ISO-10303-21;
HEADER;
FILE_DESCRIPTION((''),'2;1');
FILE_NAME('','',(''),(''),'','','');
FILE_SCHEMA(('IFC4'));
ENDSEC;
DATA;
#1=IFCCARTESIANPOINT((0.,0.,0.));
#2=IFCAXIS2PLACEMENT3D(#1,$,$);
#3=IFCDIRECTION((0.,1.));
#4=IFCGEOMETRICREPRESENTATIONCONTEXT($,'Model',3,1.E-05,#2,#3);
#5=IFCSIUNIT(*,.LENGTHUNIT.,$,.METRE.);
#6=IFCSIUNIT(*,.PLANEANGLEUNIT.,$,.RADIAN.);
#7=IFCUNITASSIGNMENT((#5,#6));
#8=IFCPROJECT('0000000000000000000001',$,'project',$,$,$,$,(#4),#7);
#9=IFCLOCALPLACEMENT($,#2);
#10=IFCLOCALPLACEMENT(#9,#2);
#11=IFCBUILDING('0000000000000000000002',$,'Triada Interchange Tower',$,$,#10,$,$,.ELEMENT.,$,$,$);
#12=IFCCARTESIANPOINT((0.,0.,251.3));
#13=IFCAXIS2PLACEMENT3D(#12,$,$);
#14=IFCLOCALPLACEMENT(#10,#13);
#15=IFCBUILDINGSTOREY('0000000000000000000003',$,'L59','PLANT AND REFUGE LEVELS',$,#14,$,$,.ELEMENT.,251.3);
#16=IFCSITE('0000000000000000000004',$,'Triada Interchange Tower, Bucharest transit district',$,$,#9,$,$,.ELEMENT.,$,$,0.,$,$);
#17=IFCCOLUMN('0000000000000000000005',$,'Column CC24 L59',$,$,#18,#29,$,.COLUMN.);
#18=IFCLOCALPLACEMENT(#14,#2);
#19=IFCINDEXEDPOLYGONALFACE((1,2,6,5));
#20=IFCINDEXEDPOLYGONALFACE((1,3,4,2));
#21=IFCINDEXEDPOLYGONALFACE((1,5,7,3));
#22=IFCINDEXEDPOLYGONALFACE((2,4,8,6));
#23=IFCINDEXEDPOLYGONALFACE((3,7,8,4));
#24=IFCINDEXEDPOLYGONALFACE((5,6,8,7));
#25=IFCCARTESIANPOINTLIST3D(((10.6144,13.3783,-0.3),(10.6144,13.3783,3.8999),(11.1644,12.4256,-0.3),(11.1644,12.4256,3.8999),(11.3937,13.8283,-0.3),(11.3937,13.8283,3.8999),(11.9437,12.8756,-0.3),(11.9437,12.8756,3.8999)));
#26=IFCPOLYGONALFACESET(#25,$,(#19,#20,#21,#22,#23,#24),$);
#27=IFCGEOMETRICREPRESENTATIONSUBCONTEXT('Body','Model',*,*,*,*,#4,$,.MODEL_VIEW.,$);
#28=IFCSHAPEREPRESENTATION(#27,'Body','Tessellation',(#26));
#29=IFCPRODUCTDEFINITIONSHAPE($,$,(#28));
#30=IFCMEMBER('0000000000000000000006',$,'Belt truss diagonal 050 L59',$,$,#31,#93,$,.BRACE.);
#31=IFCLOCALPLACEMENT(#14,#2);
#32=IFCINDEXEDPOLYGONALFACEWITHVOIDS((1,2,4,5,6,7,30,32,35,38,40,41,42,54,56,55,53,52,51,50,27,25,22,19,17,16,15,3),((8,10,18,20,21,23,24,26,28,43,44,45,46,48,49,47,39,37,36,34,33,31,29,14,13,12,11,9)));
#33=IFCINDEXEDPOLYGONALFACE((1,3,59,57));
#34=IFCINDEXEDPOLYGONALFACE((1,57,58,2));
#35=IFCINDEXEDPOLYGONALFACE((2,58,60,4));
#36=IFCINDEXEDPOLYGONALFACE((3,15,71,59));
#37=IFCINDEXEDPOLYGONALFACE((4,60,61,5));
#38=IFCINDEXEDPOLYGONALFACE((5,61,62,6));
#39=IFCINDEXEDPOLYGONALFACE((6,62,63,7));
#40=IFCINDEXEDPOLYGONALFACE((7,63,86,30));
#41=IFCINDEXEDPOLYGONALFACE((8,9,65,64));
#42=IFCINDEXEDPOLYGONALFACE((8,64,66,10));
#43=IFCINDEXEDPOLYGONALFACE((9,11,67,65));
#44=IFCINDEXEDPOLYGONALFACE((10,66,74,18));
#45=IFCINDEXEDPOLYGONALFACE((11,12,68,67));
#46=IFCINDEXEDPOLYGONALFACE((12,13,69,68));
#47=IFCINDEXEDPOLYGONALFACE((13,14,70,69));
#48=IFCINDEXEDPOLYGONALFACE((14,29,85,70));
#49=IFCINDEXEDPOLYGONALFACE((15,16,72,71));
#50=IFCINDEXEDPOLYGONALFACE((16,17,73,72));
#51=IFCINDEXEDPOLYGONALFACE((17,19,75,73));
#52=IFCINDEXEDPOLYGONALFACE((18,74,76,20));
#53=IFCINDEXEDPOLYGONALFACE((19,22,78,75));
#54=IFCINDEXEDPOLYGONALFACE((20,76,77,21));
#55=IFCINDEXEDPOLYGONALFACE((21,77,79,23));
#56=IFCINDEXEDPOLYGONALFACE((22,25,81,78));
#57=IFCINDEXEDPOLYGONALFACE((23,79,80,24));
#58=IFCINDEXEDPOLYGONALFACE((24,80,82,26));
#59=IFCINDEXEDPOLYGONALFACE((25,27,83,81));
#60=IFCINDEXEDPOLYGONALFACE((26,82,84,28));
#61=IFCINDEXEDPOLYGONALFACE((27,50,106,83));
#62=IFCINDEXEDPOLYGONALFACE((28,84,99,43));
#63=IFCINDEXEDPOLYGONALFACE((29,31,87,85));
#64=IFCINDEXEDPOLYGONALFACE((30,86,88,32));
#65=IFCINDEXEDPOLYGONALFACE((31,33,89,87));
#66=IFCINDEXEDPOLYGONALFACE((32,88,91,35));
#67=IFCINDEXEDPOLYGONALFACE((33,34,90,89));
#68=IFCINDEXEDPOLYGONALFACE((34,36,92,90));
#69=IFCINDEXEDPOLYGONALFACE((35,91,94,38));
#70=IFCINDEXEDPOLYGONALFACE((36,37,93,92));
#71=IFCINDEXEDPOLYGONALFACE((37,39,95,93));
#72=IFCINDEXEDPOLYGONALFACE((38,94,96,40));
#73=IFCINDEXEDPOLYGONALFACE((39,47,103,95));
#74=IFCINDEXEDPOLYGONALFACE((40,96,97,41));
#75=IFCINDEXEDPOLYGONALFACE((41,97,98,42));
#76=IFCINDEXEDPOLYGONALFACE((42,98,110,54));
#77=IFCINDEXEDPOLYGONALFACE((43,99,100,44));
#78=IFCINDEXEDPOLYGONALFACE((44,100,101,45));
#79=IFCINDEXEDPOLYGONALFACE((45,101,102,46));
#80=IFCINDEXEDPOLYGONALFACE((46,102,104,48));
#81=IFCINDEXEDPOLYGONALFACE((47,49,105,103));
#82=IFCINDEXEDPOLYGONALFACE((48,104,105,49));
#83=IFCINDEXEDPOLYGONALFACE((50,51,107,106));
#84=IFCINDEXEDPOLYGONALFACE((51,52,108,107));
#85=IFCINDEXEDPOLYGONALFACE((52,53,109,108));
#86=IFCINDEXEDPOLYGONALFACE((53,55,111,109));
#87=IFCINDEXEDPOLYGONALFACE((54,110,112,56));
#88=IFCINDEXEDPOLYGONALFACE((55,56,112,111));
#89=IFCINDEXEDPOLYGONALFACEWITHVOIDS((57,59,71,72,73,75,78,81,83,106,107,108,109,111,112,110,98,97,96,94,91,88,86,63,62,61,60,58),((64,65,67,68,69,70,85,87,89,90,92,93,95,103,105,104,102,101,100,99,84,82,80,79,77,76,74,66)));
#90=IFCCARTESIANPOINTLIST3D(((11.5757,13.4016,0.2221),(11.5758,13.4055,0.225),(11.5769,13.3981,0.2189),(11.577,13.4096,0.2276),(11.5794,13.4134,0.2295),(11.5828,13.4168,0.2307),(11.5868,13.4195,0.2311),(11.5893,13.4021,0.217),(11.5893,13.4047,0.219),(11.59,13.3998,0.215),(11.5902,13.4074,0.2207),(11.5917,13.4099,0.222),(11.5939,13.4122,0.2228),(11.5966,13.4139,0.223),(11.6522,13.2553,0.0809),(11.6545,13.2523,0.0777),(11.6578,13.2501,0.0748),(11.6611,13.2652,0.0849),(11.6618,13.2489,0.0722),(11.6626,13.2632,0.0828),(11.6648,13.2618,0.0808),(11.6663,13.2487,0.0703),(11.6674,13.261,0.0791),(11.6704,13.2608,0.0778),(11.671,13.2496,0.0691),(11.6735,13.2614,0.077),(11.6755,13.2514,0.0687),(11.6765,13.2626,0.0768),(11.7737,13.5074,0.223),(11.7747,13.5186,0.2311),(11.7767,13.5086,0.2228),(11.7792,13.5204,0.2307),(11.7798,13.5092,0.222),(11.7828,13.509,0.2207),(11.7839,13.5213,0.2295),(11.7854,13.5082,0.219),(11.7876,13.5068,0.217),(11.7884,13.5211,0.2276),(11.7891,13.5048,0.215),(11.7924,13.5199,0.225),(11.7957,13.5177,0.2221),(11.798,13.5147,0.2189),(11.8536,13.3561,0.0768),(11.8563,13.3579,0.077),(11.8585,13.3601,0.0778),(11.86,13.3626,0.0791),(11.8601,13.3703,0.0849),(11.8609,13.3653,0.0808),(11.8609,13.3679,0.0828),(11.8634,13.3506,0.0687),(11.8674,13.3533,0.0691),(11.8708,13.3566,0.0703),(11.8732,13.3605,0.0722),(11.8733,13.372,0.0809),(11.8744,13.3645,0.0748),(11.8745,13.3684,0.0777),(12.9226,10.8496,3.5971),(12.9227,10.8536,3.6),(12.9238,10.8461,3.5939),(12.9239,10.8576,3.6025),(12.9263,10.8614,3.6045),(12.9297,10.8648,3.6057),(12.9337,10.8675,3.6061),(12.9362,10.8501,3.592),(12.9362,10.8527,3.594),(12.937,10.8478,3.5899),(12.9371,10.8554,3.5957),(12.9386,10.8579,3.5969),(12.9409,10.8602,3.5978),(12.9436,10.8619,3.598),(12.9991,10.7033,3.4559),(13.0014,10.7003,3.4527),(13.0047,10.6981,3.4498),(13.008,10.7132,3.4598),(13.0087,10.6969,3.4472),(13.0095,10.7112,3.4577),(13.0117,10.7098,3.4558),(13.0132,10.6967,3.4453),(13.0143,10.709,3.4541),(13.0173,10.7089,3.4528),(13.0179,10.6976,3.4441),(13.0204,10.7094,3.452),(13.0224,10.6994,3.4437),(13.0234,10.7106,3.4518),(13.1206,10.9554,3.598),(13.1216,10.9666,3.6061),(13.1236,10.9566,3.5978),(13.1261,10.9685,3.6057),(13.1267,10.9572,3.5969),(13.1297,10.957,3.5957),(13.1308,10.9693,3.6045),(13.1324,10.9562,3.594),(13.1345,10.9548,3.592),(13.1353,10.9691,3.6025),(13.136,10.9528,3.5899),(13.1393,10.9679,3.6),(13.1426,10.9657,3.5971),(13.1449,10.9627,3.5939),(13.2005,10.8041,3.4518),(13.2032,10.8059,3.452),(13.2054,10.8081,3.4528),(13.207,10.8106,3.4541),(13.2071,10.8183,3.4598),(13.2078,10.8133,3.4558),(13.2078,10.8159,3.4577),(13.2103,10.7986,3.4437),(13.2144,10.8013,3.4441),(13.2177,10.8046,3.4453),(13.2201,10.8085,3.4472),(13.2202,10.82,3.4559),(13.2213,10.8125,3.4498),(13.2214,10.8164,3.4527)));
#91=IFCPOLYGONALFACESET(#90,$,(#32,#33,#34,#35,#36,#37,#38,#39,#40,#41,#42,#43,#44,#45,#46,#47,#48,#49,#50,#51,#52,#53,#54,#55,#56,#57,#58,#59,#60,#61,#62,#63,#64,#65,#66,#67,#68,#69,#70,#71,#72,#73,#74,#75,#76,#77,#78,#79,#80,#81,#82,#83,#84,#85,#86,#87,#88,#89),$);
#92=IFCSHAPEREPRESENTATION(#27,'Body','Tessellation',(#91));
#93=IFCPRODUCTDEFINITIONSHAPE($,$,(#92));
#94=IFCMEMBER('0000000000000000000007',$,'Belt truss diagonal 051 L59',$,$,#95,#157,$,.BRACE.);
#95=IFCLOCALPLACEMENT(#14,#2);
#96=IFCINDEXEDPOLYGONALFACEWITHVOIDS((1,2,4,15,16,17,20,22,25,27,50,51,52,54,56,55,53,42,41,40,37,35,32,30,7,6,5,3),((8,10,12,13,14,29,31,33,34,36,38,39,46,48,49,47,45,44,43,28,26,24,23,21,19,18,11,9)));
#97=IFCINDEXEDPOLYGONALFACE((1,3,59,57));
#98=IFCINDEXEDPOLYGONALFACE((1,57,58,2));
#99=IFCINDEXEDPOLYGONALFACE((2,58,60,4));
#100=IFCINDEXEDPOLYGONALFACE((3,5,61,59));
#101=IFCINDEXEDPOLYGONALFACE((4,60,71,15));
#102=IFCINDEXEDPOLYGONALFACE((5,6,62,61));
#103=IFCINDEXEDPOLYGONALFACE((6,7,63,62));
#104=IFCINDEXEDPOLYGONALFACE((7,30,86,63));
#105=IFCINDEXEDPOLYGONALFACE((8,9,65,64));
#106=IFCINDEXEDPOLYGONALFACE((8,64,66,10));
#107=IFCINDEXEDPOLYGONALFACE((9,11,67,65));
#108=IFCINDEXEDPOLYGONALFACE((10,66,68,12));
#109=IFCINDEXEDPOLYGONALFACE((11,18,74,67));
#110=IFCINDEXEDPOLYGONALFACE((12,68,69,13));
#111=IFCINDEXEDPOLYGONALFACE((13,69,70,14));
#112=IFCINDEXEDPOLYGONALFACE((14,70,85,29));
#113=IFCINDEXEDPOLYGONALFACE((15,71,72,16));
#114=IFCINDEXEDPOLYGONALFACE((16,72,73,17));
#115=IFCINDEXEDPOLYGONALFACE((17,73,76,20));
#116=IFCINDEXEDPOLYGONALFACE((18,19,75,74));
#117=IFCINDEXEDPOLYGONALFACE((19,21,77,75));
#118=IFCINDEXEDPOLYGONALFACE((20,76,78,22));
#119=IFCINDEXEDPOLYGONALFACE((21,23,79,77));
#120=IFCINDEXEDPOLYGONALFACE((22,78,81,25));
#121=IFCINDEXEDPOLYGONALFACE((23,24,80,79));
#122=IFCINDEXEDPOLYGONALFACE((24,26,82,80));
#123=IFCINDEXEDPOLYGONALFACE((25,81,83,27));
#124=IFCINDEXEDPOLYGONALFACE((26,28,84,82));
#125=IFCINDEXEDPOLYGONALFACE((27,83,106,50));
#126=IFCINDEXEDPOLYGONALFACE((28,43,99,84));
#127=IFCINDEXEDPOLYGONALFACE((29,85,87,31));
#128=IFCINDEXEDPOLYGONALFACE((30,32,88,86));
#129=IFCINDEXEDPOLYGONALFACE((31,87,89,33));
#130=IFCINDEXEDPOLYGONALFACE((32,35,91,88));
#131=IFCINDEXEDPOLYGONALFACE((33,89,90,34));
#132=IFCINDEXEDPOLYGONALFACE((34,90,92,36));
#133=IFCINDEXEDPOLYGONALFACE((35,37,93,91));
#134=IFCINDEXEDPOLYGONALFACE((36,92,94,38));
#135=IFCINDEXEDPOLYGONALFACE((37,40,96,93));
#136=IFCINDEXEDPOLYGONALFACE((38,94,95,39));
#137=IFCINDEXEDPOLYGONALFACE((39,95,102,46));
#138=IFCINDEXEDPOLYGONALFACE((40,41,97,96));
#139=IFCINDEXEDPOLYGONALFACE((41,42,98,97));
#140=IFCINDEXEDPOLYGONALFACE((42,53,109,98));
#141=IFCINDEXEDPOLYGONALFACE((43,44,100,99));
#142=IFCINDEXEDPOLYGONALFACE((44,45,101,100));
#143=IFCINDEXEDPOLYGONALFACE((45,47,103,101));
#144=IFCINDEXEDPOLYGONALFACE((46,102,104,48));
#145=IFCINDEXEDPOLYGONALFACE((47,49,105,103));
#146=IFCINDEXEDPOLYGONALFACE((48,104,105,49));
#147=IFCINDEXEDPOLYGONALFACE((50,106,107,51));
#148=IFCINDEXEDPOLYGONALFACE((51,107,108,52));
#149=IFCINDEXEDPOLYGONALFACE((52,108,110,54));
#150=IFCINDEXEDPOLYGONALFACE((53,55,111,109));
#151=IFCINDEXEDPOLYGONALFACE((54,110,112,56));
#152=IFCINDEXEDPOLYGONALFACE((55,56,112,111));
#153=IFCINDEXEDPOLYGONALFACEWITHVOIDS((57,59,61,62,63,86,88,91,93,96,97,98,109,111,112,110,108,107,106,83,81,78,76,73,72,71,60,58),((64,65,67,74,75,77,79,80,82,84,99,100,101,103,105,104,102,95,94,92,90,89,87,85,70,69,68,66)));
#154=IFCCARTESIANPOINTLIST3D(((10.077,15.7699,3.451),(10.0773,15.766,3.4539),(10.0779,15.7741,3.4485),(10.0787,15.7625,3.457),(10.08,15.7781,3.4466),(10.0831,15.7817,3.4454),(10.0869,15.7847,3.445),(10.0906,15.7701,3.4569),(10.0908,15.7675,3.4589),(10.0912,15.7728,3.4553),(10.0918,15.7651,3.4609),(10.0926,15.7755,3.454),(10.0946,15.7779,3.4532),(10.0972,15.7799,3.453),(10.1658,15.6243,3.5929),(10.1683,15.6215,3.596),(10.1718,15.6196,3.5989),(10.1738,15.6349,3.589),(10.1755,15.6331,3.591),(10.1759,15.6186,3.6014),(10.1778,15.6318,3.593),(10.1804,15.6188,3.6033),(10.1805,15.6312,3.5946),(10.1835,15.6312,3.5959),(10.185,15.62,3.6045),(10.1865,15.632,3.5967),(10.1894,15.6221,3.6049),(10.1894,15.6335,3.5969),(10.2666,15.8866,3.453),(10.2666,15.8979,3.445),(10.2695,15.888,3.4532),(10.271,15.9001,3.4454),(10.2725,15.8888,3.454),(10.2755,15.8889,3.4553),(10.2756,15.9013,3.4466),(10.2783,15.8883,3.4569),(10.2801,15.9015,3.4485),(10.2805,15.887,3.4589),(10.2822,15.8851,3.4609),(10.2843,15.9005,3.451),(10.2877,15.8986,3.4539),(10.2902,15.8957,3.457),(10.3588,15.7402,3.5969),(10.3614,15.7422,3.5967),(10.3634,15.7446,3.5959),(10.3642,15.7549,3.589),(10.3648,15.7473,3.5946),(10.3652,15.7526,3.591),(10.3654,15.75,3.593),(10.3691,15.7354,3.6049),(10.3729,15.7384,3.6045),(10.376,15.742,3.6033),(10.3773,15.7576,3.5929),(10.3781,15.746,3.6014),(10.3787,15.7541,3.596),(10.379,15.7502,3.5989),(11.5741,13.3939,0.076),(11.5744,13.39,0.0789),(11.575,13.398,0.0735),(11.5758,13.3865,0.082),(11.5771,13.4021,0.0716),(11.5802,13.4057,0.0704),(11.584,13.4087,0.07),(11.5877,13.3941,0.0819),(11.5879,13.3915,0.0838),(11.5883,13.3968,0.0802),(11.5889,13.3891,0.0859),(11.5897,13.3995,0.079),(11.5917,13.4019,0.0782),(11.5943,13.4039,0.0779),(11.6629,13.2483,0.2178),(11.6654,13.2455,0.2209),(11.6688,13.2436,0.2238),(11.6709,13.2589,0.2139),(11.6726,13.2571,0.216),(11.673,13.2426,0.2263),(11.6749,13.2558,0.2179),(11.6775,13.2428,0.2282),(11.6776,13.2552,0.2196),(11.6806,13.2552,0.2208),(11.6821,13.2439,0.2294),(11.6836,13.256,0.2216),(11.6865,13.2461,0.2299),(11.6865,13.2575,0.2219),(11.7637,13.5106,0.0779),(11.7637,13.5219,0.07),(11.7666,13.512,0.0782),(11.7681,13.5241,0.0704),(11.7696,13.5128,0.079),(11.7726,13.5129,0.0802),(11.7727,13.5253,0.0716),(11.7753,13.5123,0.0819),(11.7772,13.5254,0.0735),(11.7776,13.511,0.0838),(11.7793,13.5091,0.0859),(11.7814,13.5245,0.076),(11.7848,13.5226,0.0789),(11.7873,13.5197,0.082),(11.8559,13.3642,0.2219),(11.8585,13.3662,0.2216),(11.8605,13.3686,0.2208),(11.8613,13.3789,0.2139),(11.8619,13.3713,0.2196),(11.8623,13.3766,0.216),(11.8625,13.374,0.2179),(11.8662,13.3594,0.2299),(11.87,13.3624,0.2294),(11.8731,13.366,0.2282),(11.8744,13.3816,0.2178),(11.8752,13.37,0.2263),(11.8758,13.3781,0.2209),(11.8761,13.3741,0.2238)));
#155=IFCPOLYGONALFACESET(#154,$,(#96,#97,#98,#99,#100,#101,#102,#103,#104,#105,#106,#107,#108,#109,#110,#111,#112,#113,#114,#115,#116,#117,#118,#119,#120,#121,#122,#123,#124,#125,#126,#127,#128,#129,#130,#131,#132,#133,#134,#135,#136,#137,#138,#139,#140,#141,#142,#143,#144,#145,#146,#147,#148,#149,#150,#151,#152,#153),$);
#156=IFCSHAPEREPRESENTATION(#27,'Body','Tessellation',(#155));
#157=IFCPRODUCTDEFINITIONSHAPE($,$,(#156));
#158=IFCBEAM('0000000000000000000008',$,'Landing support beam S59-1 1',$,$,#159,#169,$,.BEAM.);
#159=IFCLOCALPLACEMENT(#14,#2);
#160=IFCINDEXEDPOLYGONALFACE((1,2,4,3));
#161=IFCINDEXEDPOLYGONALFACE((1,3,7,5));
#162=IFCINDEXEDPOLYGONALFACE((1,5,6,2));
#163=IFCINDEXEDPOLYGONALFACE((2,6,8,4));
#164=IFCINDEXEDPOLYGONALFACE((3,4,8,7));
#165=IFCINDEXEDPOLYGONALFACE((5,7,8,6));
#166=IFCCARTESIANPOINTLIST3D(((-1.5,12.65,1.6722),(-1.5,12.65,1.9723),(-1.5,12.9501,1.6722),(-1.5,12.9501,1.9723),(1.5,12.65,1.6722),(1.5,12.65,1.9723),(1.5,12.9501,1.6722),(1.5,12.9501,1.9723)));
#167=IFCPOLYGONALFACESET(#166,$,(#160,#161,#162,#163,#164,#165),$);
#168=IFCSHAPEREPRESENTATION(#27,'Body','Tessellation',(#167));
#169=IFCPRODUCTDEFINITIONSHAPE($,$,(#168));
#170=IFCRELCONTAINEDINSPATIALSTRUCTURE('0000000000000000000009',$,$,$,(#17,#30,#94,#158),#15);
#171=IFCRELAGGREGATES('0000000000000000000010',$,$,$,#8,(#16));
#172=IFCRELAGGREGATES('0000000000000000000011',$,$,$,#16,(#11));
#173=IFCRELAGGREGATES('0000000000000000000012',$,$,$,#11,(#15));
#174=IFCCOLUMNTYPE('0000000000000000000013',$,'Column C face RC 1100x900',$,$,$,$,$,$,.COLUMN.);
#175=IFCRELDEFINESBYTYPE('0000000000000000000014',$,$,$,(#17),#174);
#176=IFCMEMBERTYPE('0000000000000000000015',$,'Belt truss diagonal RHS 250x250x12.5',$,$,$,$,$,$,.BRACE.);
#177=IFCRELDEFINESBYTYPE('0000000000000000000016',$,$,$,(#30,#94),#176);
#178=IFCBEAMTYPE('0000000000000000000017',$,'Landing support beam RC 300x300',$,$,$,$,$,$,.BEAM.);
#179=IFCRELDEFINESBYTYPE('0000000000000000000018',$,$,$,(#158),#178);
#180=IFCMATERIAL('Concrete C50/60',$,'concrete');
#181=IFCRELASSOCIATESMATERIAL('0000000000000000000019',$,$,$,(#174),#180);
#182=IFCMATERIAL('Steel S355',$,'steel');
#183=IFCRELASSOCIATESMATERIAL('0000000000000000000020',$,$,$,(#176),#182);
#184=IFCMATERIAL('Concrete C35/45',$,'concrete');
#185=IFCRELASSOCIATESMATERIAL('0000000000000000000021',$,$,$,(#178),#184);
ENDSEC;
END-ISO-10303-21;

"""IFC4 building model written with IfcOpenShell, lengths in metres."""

from ifc_helpers import new_model, si_unit, direction, frame, origin, origin_2d, place, context, subcontext, project, spatial, rectangle, hollow_rectangle, extrude, material, material_profile, profile_set, type_object, element, save


model = new_model("IFC4")

# Units and contexts
model_context = context("Model", 3, precision=1e-05, world=origin(), true_north=direction((0.0, 1.0)))
body_context = subcontext(model_context, "Body", "Model", "MODEL_VIEW")
ifc_project = project(units=[si_unit("LENGTHUNIT", "METRE"), si_unit("PLANEANGLEUNIT", "RADIAN")], contexts=[model_context])

# Site, building, storey
site_placement = place(None, origin())
site = spatial("IfcSite", under=ifc_project, at=site_placement, Name="Triada Interchange Tower, Bucharest transit district", CompositionType="ELEMENT", RefElevation=0.0)
building_placement = place(site_placement, origin())
building = spatial("IfcBuilding", under=site, at=building_placement, Name="Triada Interchange Tower", CompositionType="ELEMENT")
storey_placement = place(building_placement, frame((0.0, 0.0, 251.3)))
storey = spatial("IfcBuildingStorey", under=building, at=storey_placement, Name="L59", Description="PLANT AND REFUGE LEVELS", CompositionType="ELEMENT", Elevation=251.3)

# Column
ifc_material_1 = material(Name="Concrete C50/60", Category="concrete")
ifc_material_profile_1 = material_profile(ifc_material_1, rectangle(XDim=1.1001, YDim=0.8999, at=origin_2d()), Name="RC 1100x900")
ifc_profile_set_1 = profile_set([ifc_material_profile_1], Name="Concrete C50/60")
column_type = type_object("IfcColumnType", Name="Column C face RC 1100x900", PredefinedType="COLUMN", material=ifc_profile_set_1)
column_placement = place(storey_placement, frame((11.2791, 13.127, -0.3), z_axis=(0.0, 0.0, 1.0), x_axis=(-0.5, 0.866025, 0.0)))
element("IfcColumn", 1, at=column_placement, inside=storey, type_object=column_type, Name="Column CC24 L59", PredefinedType="COLUMN", context=body_context, shape_type="SweptSolid", body=[
    extrude(rectangle(XDim=1.1001, YDim=0.8999, at=origin_2d()), origin(), (0.0, 0.0, 1.0), 4.2),
])

# Members
ifc_material_2 = material(Name="Steel S355", Category="steel")
ifc_material_profile_2 = material_profile(ifc_material_2, hollow_rectangle(XDim=0.25, YDim=0.25, WallThickness=0.0125, InnerFilletRadius=0.0125, OuterFilletRadius=0.0188, at=origin_2d()), Name="RHS 250x250x12.5")
ifc_profile_set_2 = profile_set([ifc_material_profile_2], Name="Steel S355")
member_type_1 = type_object("IfcMemberType", Name="Belt truss diagonal RHS 250x250x12.5", PredefinedType="BRACE", material=ifc_profile_set_2)
member_1_placement = place(storey_placement, frame((11.7251, 13.385, 0.1499), z_axis=(0.303331, -0.574718, 0.760059), x_axis=(0.88438, 0.466768, 0.0)))
element("IfcMember", 2, at=member_1_placement, inside=storey, type_object=member_type_1, Name="Belt truss diagonal 050 L59", PredefinedType="BRACE", context=body_context, shape_type="SweptSolid", body=[
    extrude(hollow_rectangle(XDim=0.25, YDim=0.25, WallThickness=0.0125, InnerFilletRadius=0.0125, OuterFilletRadius=0.0188, at=origin_2d()), origin(), (0.0, 0.0, 1.0), 4.4404),
])
member_2_placement = place(storey_placement, frame((11.7251, 13.384, 0.1499), z_axis=(-0.340974, 0.541154, 0.768693), x_axis=(-0.846059, -0.53309, 0.0)))
element("IfcMember", 3, at=member_2_placement, inside=storey, type_object=member_type_1, Name="Belt truss diagonal 051 L59", PredefinedType="BRACE", context=body_context, shape_type="SweptSolid", body=[
    extrude(hollow_rectangle(XDim=0.25, YDim=0.25, WallThickness=0.0125, InnerFilletRadius=0.0125, OuterFilletRadius=0.0188, at=origin_2d()), origin(), (0.0, 0.0, 1.0), 4.3906),
])

# Beam
ifc_material_3 = material(Name="Concrete C35/45", Category="concrete")
ifc_material_profile_3 = material_profile(ifc_material_3, rectangle(XDim=0.3, YDim=0.3, at=origin_2d()), Name="RC 300x300")
ifc_profile_set_3 = profile_set([ifc_material_profile_3], Name="Concrete C35/45")
beam_type_1 = type_object("IfcBeamType", Name="Landing support beam RC 300x300", PredefinedType="BEAM", material=ifc_profile_set_3)
beam_1_placement = place(storey_placement, frame((1.5, 12.8, 1.8223), z_axis=(-1.0, 0.0, 0.0), x_axis=(0.0, -1.0, 0.0)))
element("IfcBeam", 4, at=beam_1_placement, inside=storey, type_object=beam_type_1, Name="Landing support beam S59-1 1", PredefinedType="BEAM", context=body_context, shape_type="SweptSolid", body=[
    extrude(rectangle(XDim=0.3, YDim=0.3, at=origin_2d()), origin(), (0.0, 0.0, 1.0), 3.0),
])

save(model, "model.ifc")
